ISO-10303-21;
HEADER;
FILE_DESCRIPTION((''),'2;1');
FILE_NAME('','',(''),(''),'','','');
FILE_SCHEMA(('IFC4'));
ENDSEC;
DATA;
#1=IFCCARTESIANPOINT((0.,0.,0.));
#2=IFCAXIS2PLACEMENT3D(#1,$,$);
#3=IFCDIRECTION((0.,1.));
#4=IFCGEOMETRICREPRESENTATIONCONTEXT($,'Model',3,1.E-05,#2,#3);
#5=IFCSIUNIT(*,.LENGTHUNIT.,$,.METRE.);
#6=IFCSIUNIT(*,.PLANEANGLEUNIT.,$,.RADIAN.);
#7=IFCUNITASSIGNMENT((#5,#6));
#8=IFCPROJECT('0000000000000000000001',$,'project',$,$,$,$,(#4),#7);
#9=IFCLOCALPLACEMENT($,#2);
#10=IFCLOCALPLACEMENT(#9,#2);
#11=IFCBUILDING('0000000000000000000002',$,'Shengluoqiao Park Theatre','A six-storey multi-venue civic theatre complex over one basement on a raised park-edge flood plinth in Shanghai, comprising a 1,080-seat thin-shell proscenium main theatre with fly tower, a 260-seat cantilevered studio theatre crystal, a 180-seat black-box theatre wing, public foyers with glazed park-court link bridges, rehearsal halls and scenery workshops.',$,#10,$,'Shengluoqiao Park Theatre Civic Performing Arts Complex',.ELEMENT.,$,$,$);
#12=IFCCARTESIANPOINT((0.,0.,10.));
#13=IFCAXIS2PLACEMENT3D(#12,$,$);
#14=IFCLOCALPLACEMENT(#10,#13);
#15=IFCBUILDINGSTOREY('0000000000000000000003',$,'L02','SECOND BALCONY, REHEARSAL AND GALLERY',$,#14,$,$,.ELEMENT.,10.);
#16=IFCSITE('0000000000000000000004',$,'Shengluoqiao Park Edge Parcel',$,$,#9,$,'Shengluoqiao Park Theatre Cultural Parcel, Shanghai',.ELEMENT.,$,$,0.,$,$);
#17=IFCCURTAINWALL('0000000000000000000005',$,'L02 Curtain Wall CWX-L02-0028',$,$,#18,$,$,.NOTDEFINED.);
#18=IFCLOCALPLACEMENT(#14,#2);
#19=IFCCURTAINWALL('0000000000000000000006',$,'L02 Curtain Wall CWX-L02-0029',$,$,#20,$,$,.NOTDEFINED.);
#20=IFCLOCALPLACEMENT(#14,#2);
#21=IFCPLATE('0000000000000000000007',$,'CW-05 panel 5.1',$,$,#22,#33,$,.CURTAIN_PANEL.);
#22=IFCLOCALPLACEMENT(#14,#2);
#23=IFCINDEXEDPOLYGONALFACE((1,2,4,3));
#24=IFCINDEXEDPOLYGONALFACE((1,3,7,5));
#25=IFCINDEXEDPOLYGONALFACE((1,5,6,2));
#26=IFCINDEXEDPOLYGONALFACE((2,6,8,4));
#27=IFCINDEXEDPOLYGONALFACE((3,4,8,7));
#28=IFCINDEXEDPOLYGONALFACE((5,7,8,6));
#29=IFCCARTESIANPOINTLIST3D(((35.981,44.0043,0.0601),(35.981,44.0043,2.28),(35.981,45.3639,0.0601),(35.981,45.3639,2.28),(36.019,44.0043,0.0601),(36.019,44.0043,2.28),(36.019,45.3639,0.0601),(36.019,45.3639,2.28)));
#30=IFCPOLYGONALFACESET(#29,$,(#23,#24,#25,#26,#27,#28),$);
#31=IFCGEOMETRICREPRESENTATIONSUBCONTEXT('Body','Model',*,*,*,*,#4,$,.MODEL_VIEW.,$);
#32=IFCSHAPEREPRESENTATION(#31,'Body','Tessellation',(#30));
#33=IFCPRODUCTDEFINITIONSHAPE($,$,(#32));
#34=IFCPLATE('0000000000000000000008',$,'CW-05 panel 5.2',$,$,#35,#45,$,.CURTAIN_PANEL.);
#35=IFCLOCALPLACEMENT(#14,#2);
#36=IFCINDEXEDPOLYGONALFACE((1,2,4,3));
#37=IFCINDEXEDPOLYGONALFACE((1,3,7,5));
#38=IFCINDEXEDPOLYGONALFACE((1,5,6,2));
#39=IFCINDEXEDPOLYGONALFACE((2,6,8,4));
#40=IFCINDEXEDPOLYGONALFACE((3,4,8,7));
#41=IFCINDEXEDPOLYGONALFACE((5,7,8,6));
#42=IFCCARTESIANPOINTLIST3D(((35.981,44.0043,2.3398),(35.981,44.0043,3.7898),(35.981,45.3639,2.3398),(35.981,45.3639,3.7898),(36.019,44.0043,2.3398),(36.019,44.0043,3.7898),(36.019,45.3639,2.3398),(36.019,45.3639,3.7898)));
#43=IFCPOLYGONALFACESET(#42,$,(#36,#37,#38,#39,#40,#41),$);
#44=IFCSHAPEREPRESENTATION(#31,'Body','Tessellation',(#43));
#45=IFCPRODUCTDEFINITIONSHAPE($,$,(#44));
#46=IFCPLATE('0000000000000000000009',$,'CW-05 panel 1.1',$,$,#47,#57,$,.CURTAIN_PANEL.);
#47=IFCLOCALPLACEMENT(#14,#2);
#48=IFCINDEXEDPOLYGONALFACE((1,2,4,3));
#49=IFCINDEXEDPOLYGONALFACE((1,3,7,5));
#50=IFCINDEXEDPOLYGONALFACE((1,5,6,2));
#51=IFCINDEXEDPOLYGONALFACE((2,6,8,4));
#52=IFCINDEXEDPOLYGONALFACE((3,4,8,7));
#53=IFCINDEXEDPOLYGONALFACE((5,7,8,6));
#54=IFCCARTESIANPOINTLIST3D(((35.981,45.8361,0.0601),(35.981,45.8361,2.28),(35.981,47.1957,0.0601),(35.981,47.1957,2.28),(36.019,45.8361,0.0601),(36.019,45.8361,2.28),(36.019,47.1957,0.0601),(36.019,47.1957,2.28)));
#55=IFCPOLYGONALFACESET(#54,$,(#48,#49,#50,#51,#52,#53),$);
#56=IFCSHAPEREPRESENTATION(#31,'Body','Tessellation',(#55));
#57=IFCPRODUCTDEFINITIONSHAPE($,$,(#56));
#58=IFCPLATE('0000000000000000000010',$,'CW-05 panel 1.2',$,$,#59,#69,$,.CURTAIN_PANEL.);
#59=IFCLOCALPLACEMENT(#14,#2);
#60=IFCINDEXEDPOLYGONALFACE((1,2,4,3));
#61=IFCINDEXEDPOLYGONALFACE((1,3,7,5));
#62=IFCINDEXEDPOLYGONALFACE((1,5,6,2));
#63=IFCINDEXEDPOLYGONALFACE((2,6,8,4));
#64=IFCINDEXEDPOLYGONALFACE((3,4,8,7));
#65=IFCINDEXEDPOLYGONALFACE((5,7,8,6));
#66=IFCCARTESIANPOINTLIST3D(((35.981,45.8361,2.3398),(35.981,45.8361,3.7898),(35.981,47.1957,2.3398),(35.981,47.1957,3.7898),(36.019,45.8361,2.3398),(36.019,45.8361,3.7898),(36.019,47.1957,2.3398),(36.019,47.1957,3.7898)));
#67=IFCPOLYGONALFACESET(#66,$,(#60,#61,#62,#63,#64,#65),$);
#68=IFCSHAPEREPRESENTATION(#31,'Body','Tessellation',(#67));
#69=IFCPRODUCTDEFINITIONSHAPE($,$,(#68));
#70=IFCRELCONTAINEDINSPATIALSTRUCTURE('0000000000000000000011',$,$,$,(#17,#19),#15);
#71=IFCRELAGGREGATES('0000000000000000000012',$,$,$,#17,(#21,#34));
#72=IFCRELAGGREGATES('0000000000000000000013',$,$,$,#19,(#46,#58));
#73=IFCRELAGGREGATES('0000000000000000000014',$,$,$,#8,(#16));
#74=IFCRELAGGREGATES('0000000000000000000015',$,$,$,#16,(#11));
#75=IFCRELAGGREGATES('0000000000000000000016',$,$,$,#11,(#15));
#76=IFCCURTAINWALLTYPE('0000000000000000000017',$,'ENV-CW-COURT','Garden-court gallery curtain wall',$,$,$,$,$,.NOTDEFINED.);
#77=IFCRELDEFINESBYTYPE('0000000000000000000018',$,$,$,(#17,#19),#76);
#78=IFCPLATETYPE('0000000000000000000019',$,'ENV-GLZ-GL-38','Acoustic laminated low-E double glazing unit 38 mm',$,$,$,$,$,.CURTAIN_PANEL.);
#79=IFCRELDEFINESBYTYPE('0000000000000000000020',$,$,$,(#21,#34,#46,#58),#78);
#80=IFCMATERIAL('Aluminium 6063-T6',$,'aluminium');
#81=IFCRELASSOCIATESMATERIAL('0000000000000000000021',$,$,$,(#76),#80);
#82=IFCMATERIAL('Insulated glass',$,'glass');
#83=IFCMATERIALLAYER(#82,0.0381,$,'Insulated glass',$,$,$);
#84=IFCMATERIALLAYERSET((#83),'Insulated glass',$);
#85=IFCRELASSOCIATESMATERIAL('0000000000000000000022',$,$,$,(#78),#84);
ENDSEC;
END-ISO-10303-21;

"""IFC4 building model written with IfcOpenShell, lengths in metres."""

from ifc_helpers import new_model, si_unit, direction, frame, origin, origin_2d, place, context, subcontext, project, spatial, rectangle, extrude, material, layer, layer_set, type_object, element, aggregate, save


model = new_model("IFC4")

# Units and contexts
model_context = context("Model", 3, precision=1e-05, world=origin(), true_north=direction((0.0, 1.0)))
body_context = subcontext(model_context, "Body", "Model", "MODEL_VIEW")
ifc_project = project(units=[si_unit("LENGTHUNIT", "METRE"), si_unit("PLANEANGLEUNIT", "RADIAN")], contexts=[model_context])

# Site, building, storey
site_placement = place(None, origin())
site = spatial("IfcSite", under=ifc_project, at=site_placement, Name="Shengluoqiao Park Edge Parcel", LongName="Shengluoqiao Park Theatre Cultural Parcel, Shanghai", CompositionType="ELEMENT", RefElevation=0.0)
building_placement = place(site_placement, origin())
building = spatial("IfcBuilding", under=site, at=building_placement, Name="Shengluoqiao Park Theatre", Description="A six-storey multi-venue civic theatre complex over one basement on a raised park-edge flood plinth in Shanghai, comprising a 1,080-seat thin-shell proscenium main theatre with fly tower, a 260-seat cantilevered studio theatre crystal, a 180-seat black-box theatre wing, public foyers with glazed park-court link bridges, rehearsal halls and scenery workshops.", LongName="Shengluoqiao Park Theatre Civic Performing Arts Complex", CompositionType="ELEMENT")
storey_placement = place(building_placement, frame((0.0, 0.0, 10.0)))
storey = spatial("IfcBuildingStorey", under=building, at=storey_placement, Name="L02", Description="SECOND BALCONY, REHEARSAL AND GALLERY", CompositionType="ELEMENT", Elevation=10.0)

# Curtain walls
ifc_material_1 = material(Name="Aluminium 6063-T6", Category="aluminium")
curtain_wall_type = type_object("IfcCurtainWallType", Name="ENV-CW-COURT", Description="Garden-court gallery curtain wall", PredefinedType="NOTDEFINED", material=ifc_material_1)
curtain_wall_1_placement = place(storey_placement, origin())
curtain_wall_1 = element("IfcCurtainWall", 1, at=curtain_wall_1_placement, inside=storey, type_object=curtain_wall_type, Name="L02 Curtain Wall CWX-L02-0028", PredefinedType="NOTDEFINED")
curtain_wall_2_placement = place(storey_placement, origin())
curtain_wall_2 = element("IfcCurtainWall", 2, at=curtain_wall_2_placement, inside=storey, type_object=curtain_wall_type, Name="L02 Curtain Wall CWX-L02-0029", PredefinedType="NOTDEFINED")

# Plates
ifc_material_2 = material(Name="Insulated glass", Category="glass")
ifc_layer = layer(ifc_material_2, 0.0381, Name="Insulated glass")
ifc_layer_set = layer_set([ifc_layer], Name="Insulated glass")
plate_type = type_object("IfcPlateType", Name="ENV-GLZ-GL-38", Description="Acoustic laminated low-E double glazing unit 38 mm", PredefinedType="CURTAIN_PANEL", material=ifc_layer_set)
plate_1_placement = place(storey_placement, frame((36.0, 44.6841, 0.0601), z_axis=(0.0, 0.0, 1.0), x_axis=(0.0, 1.0, 0.0)))
plate_1 = element("IfcPlate", 3, at=plate_1_placement, type_object=plate_type, Name="CW-05 panel 5.1", PredefinedType="CURTAIN_PANEL", context=body_context, shape_type="SweptSolid", body=[
    extrude(rectangle(XDim=1.3596, YDim=0.0381, at=origin_2d()), origin(), (0.0, 0.0, 1.0), 2.22),
])
plate_2_placement = place(storey_placement, frame((36.0, 44.6841, 2.3398), z_axis=(0.0, 0.0, 1.0), x_axis=(0.0, 1.0, 0.0)))
plate_2 = element("IfcPlate", 4, at=plate_2_placement, type_object=plate_type, Name="CW-05 panel 5.2", PredefinedType="CURTAIN_PANEL", context=body_context, shape_type="SweptSolid", body=[
    extrude(rectangle(XDim=1.3596, YDim=0.0381, at=origin_2d()), origin(), (0.0, 0.0, 1.0), 1.45),
])
aggregate(curtain_wall_1, [plate_1, plate_2])
plate_3_placement = place(storey_placement, frame((36.0, 46.5159, 0.0601), z_axis=(0.0, 0.0, 1.0), x_axis=(0.0, 1.0, 0.0)))
plate_3 = element("IfcPlate", 5, at=plate_3_placement, type_object=plate_type, Name="CW-05 panel 1.1", PredefinedType="CURTAIN_PANEL", context=body_context, shape_type="SweptSolid", body=[
    extrude(rectangle(XDim=1.3596, YDim=0.0381, at=origin_2d()), origin(), (0.0, 0.0, 1.0), 2.22),
])
plate_4_placement = place(storey_placement, frame((36.0, 46.5159, 2.3398), z_axis=(0.0, 0.0, 1.0), x_axis=(0.0, 1.0, 0.0)))
plate_4 = element("IfcPlate", 6, at=plate_4_placement, type_object=plate_type, Name="CW-05 panel 1.2", PredefinedType="CURTAIN_PANEL", context=body_context, shape_type="SweptSolid", body=[
    extrude(rectangle(XDim=1.3596, YDim=0.0381, at=origin_2d()), origin(), (0.0, 0.0, 1.0), 1.45),
])
aggregate(curtain_wall_2, [plate_3, plate_4])

save(model, "model.ifc")
